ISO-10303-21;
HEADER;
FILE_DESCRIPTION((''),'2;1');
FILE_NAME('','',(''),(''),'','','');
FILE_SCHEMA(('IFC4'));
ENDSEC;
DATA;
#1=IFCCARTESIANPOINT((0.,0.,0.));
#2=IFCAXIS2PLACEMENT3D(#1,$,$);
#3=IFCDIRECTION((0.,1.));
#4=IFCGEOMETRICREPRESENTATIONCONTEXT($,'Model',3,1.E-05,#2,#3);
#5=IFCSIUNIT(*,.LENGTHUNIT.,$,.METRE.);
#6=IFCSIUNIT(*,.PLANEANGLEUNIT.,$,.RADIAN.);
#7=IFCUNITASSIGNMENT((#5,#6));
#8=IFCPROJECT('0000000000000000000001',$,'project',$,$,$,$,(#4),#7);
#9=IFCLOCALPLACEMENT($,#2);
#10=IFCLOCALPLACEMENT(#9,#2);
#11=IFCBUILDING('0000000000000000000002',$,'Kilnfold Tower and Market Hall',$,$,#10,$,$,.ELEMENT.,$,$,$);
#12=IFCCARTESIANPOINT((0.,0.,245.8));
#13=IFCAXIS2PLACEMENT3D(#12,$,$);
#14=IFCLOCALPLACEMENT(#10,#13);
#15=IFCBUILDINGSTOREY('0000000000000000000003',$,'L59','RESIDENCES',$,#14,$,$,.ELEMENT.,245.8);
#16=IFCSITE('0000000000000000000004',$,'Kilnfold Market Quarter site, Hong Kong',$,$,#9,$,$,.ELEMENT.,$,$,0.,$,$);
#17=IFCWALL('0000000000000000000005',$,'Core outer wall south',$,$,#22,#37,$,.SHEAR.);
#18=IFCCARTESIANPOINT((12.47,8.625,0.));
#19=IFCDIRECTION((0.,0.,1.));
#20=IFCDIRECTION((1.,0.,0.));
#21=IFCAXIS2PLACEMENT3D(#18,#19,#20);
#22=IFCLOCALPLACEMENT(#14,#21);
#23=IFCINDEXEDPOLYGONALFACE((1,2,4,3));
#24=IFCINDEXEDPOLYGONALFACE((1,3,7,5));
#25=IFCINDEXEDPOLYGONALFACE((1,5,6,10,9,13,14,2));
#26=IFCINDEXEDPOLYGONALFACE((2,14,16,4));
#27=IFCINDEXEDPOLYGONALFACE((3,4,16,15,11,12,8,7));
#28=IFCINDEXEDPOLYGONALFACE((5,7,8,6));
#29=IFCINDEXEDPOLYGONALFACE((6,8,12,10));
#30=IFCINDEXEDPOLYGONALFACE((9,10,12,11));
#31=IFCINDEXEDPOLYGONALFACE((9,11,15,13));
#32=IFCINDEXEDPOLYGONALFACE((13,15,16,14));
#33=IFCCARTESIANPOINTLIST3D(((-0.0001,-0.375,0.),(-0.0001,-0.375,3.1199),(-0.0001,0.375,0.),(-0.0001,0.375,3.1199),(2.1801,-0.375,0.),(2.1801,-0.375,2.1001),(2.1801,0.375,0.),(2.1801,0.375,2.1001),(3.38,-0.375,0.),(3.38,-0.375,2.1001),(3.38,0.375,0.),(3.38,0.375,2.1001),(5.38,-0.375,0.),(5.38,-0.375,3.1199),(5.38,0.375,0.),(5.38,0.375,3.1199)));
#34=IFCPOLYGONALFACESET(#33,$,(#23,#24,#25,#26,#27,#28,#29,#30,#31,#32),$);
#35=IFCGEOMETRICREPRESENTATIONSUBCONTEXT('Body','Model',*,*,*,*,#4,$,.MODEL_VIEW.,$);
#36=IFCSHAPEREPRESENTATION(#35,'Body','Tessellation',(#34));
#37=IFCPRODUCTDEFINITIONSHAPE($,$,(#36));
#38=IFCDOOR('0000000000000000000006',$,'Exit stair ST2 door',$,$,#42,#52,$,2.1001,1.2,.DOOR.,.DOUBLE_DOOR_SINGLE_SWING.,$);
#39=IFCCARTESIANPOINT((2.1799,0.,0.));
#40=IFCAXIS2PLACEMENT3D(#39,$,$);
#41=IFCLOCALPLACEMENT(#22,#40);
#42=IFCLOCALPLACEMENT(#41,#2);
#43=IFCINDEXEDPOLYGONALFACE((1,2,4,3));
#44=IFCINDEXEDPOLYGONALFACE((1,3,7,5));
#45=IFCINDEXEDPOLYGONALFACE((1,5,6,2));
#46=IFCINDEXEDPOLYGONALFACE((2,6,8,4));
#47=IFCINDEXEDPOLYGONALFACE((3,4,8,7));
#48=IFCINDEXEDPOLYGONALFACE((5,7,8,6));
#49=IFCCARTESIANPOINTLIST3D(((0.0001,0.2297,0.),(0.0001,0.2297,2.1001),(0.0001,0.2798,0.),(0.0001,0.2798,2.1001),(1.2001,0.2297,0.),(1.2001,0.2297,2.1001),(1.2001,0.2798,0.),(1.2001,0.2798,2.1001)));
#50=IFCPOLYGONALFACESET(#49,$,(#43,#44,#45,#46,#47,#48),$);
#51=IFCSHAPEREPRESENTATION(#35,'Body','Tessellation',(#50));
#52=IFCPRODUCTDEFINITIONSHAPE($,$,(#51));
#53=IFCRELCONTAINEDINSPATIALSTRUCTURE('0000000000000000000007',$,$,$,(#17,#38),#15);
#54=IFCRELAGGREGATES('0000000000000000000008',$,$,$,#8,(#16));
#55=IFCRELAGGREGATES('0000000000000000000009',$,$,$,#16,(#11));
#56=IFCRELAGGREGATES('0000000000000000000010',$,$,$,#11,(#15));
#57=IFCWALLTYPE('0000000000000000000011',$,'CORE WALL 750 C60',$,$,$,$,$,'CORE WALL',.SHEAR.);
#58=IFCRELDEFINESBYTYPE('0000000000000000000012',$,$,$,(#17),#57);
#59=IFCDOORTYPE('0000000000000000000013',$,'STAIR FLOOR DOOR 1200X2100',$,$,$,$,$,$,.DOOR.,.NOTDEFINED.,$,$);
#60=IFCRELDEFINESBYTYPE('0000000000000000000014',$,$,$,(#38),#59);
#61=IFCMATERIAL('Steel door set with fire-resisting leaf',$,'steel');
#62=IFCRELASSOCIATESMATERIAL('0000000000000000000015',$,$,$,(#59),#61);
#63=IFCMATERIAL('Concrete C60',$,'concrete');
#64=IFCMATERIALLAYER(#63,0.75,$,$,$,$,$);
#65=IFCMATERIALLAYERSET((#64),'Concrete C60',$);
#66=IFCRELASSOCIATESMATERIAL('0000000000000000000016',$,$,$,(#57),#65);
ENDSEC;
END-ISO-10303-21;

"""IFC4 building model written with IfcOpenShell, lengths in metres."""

from ifc_helpers import new_model, si_unit, direction, frame, frame_2d, origin, place, context, subcontext, project, spatial, rectangle, extrude, source, transform, mapped, material, layer, layer_set, type_object, element, fill, save


model = new_model("IFC4")

# Units and contexts
model_context = context("Model", 3, precision=1e-05, world=origin(), true_north=direction((0.0, 1.0)))
body_context = subcontext(model_context, "Body", "Model", "MODEL_VIEW")
ifc_project = project(units=[si_unit("LENGTHUNIT", "METRE"), si_unit("PLANEANGLEUNIT", "RADIAN")], contexts=[model_context])

# Site, building, storey
site_placement = place(None, origin())
site = spatial("IfcSite", under=ifc_project, at=site_placement, Name="Kilnfold Market Quarter site, Hong Kong", CompositionType="ELEMENT", RefElevation=0.0)
building_placement = place(site_placement, origin())
building = spatial("IfcBuilding", under=site, at=building_placement, Name="Kilnfold Tower and Market Hall", CompositionType="ELEMENT")
storey_placement = place(building_placement, frame((0.0, 0.0, 245.8)))
storey = spatial("IfcBuildingStorey", under=building, at=storey_placement, Name="L59", Description="RESIDENCES", CompositionType="ELEMENT", Elevation=245.8)

# Shared definitions
ifc_material_1 = material(Name="Steel door set with fire-resisting leaf", Category="steel")
door_type_1 = type_object("IfcDoorType", Name="STAIR FLOOR DOOR 1200X2100", OperationType="NOTDEFINED", PredefinedType="DOOR", material=ifc_material_1)

# Shared definitions
ifc_material_2 = material(Name="Concrete C60", Category="concrete")
ifc_layer_1 = layer(ifc_material_2, 0.75)
ifc_layer_set_1 = layer_set([ifc_layer_1], Name="Concrete C60")
wall_type_1 = type_object("IfcWallType", Name="CORE WALL 750 C60", ElementType="CORE WALL", PredefinedType="SHEAR", material=ifc_layer_set_1)

# Wall, opening, door
shared_shape_1 = source(origin(), body_context, "Body", "SweptSolid", [
    extrude(rectangle(XDim=5.3801, YDim=0.75, at=frame_2d((2.6899, 0.0))), origin(), (0.0, 0.0, 1.0), 3.1199),
])
wall_1_placement = place(storey_placement, frame((12.47, 8.625, 0.0), z_axis=(0.0, 0.0, 1.0), x_axis=(1.0, 0.0, 0.0)))
wall_1 = element("IfcWall", 1, at=wall_1_placement, inside=storey, type_object=wall_type_1, Name="Core outer wall south", PredefinedType="SHEAR", context=body_context, shape_type="MappedRepresentation", body=[
    mapped(shared_shape_1, transform((0.0, 0.0, 0.0))),
])
opening_1_placement = place(wall_1_placement, frame((2.1799, 0.0, 0.0)))
opening_1 = element("IfcOpeningElement", 2, at=opening_1_placement, cuts=wall_1, PredefinedType="OPENING", context=body_context, shape_type="SweptSolid", body=[
    extrude(rectangle(XDim=1.2, YDim=2.1001, at=frame_2d((0.6001, 1.05))), frame((0.0, 0.385, 0.0), z_axis=(0.0, -1.0, 0.0), x_axis=(1.0, 0.0, 0.0)), (0.0, 0.0, 1.0), 0.77),
])
door_1_placement = place(opening_1_placement, origin())
door_1 = element("IfcDoor", 3, at=door_1_placement, inside=storey, type_object=door_type_1, Name="Exit stair ST2 door", OperationType="DOUBLE_DOOR_SINGLE_SWING", OverallHeight=2.1001, OverallWidth=1.2, PredefinedType="DOOR", context=body_context, shape_type="SweptSolid", body=[
    extrude(rectangle(XDim=1.2, YDim=2.1001, at=frame_2d((0.6001, 1.05))), frame((0.0, 0.2798, 0.0), z_axis=(0.0, -1.0, 0.0), x_axis=(1.0, 0.0, 0.0)), (0.0, 0.0, 1.0), 0.05),
])
fill(opening_1, door_1)

save(model, "model.ifc")
